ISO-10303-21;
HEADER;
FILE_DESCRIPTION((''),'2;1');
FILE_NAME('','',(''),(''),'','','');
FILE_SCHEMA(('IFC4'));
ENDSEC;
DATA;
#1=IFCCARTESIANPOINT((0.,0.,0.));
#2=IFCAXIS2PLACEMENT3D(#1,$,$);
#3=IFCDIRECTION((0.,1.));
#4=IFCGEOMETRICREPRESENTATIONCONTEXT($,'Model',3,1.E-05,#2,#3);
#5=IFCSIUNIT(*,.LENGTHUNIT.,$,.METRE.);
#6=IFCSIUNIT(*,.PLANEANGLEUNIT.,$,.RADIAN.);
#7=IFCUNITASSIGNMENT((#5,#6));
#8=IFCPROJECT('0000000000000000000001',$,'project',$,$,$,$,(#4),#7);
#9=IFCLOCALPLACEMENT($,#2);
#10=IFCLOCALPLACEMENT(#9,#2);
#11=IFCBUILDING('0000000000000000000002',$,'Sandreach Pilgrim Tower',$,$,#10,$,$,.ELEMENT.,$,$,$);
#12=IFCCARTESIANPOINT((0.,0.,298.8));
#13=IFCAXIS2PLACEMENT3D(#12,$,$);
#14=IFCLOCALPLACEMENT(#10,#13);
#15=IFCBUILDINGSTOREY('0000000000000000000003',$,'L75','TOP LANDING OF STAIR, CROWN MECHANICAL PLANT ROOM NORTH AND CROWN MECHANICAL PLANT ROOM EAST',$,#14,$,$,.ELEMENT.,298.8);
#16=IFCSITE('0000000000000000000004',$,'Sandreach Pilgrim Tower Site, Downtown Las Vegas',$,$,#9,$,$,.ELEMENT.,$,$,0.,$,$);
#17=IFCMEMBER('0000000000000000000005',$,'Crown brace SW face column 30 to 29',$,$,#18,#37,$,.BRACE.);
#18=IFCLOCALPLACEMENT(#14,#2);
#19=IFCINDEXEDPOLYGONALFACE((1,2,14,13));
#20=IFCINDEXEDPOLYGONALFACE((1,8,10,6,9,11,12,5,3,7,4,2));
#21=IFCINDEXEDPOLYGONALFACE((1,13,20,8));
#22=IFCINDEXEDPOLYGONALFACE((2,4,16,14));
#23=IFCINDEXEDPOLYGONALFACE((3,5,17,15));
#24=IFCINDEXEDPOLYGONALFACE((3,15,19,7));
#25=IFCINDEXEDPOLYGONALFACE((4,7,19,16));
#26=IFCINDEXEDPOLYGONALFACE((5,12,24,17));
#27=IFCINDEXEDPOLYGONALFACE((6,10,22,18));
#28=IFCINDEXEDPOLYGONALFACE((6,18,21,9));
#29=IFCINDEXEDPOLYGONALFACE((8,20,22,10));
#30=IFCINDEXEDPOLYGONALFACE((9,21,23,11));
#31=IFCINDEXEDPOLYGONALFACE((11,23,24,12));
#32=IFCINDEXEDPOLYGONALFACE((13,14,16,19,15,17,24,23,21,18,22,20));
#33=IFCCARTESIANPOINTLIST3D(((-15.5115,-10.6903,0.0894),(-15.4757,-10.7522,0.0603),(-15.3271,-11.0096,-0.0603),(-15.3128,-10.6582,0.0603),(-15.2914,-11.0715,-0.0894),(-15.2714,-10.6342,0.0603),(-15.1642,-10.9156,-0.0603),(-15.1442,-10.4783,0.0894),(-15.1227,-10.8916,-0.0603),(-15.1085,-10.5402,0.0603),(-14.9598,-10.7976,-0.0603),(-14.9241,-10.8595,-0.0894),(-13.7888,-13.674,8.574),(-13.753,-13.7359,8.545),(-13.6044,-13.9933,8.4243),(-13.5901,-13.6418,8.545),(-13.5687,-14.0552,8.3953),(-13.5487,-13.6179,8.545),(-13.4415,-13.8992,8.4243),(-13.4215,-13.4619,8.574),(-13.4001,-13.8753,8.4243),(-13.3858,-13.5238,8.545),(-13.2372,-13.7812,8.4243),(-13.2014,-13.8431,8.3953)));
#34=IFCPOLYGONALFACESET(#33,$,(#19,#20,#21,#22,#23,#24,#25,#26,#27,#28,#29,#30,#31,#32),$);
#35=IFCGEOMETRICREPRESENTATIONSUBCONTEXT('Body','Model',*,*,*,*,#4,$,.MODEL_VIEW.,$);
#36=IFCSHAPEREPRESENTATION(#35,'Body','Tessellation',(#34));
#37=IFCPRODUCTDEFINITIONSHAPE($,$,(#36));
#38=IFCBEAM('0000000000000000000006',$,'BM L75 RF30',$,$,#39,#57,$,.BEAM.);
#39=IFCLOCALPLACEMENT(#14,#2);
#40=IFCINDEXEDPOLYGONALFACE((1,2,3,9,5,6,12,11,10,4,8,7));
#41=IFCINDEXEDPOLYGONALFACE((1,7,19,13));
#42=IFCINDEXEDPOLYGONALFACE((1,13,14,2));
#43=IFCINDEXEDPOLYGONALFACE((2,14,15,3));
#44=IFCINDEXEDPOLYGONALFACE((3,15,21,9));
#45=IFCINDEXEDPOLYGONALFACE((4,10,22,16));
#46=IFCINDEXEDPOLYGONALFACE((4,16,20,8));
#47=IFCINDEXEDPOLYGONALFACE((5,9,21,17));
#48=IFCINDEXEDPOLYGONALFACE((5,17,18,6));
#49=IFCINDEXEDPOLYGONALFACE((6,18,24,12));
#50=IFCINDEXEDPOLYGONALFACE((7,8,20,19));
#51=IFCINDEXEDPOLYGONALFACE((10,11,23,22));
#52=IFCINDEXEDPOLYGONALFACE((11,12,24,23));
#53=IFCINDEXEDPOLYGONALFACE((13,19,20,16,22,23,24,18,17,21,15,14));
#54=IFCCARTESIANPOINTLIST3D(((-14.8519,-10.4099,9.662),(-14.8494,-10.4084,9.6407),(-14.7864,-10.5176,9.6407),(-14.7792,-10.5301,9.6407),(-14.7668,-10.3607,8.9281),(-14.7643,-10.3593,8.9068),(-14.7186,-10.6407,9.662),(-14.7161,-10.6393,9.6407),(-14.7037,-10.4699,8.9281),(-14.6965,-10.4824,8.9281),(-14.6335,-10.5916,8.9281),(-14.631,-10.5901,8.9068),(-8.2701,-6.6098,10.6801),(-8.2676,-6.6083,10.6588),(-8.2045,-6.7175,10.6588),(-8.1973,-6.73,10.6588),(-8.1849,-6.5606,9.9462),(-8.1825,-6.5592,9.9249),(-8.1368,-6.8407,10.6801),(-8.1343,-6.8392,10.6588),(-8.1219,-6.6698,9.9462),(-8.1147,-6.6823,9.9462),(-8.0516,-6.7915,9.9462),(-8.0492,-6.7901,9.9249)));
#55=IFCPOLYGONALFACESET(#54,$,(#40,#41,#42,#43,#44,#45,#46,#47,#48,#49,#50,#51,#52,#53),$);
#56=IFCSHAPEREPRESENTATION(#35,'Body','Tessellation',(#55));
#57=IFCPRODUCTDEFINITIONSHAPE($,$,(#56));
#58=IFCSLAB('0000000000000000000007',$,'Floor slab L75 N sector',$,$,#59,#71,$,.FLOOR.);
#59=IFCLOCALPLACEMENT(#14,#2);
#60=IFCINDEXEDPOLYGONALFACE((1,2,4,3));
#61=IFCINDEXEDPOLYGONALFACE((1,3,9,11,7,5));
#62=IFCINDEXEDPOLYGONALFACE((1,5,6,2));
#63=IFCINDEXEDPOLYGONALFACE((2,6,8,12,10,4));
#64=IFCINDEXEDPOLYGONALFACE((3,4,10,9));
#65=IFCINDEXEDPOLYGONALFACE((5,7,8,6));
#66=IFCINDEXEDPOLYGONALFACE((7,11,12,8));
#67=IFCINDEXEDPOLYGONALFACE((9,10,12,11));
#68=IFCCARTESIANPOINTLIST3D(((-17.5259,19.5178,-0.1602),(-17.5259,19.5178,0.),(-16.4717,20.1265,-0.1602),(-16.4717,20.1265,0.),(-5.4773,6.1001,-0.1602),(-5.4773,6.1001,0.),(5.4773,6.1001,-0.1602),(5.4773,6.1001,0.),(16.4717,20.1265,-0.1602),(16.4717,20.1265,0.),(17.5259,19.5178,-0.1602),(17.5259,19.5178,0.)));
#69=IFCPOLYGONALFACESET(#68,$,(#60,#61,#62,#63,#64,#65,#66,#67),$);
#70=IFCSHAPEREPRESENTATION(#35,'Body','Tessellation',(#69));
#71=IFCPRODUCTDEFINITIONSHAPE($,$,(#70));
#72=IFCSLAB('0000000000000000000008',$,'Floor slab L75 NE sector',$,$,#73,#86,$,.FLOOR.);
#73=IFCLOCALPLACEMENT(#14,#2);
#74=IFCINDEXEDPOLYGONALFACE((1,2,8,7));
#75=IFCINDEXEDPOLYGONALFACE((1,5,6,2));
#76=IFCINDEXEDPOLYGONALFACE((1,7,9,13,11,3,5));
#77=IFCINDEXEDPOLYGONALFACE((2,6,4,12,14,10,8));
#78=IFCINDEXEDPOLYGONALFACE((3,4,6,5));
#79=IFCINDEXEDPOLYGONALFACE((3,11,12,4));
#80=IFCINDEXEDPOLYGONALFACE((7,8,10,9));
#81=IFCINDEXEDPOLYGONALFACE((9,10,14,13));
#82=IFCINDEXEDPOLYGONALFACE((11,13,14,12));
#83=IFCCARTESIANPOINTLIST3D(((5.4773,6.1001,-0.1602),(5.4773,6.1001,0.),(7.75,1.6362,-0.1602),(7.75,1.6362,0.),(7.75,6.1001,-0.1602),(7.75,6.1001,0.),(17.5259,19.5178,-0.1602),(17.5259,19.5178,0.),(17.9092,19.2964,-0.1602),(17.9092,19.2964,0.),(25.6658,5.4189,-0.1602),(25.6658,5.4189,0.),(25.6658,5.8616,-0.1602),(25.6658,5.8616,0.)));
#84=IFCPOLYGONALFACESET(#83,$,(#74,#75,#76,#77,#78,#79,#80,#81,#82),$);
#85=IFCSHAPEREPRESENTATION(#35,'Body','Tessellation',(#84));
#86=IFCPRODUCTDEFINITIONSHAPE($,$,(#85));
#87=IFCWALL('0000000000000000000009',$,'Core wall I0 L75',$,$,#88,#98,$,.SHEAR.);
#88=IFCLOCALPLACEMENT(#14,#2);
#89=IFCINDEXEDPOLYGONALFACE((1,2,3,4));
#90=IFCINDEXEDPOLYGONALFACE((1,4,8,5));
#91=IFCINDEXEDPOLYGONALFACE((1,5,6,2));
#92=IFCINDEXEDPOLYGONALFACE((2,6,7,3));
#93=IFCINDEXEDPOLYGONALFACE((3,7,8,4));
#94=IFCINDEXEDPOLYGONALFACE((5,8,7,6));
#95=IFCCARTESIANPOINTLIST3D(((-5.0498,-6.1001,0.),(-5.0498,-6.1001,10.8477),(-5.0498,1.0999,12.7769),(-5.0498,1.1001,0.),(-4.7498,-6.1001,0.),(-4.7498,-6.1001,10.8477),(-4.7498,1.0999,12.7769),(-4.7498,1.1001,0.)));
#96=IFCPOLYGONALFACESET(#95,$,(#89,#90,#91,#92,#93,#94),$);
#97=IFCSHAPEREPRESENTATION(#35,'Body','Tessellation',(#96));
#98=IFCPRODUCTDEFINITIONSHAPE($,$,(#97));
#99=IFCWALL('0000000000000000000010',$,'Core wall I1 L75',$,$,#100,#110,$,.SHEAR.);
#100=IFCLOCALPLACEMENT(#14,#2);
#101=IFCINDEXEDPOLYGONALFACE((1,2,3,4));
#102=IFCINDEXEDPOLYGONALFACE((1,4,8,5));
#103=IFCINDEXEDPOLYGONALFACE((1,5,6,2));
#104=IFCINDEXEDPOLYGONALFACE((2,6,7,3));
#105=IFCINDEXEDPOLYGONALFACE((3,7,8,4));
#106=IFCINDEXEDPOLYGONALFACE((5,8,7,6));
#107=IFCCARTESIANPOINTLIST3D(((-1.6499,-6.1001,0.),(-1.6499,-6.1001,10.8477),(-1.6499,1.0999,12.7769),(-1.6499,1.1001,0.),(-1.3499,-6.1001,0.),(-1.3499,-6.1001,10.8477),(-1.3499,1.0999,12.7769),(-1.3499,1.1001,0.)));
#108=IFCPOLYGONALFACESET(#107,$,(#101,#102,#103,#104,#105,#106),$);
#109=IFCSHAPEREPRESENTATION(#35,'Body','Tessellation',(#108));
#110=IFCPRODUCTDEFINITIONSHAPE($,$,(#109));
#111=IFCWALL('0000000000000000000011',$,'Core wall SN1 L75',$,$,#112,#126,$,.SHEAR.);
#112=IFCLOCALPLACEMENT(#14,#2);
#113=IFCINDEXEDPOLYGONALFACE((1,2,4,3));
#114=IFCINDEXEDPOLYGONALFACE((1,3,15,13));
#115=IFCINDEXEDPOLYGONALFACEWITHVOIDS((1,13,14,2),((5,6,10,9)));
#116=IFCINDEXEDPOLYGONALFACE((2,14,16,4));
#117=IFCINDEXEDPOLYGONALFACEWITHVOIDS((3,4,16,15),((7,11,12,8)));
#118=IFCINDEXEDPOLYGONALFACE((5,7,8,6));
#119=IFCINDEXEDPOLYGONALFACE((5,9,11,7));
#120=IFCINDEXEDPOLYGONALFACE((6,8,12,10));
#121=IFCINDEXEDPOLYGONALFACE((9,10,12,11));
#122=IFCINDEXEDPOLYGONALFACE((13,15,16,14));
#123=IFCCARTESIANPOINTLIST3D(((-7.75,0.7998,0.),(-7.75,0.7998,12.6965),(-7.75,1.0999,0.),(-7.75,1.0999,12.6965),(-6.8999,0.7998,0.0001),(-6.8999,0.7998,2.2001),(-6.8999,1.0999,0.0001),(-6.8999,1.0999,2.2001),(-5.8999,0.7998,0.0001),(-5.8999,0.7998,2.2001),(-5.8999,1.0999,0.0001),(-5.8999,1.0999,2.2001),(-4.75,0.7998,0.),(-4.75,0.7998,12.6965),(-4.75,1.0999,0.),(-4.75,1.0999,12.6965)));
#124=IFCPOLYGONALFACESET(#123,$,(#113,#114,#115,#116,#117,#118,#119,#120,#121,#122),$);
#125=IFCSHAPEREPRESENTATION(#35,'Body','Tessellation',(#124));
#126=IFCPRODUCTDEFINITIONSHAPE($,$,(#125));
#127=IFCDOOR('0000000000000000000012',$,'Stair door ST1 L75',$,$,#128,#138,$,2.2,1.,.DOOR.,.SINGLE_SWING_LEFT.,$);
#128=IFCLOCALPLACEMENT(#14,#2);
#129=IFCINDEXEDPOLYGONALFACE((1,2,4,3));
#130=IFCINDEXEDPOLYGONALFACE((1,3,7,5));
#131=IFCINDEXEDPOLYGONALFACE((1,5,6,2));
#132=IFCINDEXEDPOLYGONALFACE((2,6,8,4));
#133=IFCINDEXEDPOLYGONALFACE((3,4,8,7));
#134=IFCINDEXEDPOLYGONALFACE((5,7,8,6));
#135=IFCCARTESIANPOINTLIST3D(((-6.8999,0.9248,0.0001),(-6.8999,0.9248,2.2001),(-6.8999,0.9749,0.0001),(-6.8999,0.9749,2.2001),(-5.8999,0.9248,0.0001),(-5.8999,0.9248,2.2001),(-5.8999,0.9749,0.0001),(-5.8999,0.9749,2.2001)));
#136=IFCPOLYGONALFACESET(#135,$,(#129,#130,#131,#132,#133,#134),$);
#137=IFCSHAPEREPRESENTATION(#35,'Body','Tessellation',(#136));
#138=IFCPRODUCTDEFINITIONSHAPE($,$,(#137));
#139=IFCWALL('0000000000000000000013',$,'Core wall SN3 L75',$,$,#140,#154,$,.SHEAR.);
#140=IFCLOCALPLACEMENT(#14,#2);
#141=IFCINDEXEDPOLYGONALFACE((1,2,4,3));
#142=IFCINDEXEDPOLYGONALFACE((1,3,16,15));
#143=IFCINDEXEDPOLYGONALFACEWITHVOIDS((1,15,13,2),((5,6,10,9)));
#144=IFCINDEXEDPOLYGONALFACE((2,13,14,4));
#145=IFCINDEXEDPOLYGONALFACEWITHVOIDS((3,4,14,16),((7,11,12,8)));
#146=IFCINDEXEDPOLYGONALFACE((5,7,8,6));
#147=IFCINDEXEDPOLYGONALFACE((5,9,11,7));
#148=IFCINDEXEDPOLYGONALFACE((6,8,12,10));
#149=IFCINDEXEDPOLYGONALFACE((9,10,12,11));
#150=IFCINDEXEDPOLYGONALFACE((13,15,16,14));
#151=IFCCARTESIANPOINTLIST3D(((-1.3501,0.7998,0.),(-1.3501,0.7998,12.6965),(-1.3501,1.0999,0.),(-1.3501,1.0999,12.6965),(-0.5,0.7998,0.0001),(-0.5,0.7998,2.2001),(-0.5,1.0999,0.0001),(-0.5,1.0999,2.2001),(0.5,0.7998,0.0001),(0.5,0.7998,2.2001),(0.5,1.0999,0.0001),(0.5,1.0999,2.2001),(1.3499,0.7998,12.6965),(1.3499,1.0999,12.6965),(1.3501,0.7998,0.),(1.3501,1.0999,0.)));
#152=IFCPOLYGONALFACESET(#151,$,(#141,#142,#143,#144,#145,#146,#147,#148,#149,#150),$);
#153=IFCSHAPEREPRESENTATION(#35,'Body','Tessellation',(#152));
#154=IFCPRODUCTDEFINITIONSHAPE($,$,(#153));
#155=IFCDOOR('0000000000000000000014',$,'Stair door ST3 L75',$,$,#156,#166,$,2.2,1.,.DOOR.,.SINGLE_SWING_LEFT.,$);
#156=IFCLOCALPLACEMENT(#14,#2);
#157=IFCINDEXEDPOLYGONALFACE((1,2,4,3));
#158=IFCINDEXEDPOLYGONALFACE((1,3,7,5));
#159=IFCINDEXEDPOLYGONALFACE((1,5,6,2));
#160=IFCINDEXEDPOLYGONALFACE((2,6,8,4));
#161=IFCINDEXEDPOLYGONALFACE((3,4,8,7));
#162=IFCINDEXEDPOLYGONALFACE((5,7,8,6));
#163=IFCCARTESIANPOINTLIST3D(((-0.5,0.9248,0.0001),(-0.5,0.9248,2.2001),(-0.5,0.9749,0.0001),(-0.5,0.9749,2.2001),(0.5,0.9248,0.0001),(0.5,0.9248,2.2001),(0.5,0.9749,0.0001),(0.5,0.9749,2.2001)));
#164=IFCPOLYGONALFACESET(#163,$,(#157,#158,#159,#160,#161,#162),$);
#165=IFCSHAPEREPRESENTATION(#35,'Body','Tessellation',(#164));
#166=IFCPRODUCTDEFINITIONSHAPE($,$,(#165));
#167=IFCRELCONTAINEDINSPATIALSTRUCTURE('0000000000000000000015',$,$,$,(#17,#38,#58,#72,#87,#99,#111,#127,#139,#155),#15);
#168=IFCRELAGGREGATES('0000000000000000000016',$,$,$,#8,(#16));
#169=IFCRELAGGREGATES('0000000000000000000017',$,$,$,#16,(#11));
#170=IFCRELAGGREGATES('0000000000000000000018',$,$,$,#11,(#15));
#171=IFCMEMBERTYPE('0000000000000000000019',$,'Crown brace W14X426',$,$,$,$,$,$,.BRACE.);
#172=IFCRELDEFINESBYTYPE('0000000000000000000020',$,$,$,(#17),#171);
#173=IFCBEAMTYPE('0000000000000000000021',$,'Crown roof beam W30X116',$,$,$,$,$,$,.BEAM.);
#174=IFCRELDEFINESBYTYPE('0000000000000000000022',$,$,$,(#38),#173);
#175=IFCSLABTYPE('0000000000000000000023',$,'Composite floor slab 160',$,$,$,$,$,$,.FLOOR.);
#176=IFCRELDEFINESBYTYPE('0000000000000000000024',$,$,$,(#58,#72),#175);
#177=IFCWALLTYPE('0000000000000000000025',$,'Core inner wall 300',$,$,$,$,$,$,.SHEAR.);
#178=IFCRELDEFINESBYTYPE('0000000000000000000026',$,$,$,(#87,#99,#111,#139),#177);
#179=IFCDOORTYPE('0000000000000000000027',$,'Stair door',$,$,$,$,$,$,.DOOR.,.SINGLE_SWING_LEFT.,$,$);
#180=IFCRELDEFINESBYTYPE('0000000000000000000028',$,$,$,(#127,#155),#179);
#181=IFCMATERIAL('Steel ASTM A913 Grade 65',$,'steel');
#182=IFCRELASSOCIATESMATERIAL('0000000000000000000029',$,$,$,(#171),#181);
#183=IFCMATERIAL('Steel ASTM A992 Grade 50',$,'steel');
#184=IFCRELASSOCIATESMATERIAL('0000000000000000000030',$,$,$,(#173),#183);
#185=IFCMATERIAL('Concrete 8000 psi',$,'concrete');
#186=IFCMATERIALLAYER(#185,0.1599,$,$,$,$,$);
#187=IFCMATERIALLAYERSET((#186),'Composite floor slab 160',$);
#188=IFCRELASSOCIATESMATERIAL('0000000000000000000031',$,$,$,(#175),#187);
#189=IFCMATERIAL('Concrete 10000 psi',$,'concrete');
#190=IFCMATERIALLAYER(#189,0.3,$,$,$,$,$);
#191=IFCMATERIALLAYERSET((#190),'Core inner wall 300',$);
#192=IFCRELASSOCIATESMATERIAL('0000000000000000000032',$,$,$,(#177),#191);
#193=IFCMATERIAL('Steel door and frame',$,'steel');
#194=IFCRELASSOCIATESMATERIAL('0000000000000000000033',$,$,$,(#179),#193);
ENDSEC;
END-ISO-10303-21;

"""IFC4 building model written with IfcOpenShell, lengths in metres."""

from ifc_helpers import new_model, si_unit, direction, frame, frame_2d, origin, origin_2d, place, context, subcontext, project, spatial, polyline, rectangle, i_section, outline, extrude, material, layer, layer_set, material_profile, profile_set, type_object, element, fill, save


model = new_model("IFC4")

# Units and contexts
model_context = context("Model", 3, precision=1e-05, world=origin(), true_north=direction((0.0, 1.0)))
body_context = subcontext(model_context, "Body", "Model", "MODEL_VIEW")
ifc_project = project(units=[si_unit("LENGTHUNIT", "METRE"), si_unit("PLANEANGLEUNIT", "RADIAN")], contexts=[model_context])

# Site, building, storey
site_placement = place(None, origin())
site = spatial("IfcSite", under=ifc_project, at=site_placement, Name="Sandreach Pilgrim Tower Site, Downtown Las Vegas", CompositionType="ELEMENT", RefElevation=0.0)
building_placement = place(site_placement, origin())
building = spatial("IfcBuilding", under=site, at=building_placement, Name="Sandreach Pilgrim Tower", CompositionType="ELEMENT")
storey_placement = place(building_placement, frame((0.0, 0.0, 298.8)))
storey = spatial("IfcBuildingStorey", under=building, at=storey_placement, Name="L75", Description="TOP LANDING OF STAIR, CROWN MECHANICAL PLANT ROOM NORTH AND CROWN MECHANICAL PLANT ROOM EAST", CompositionType="ELEMENT", Elevation=298.8)

# Member
ifc_material_1 = material(Name="Steel ASTM A913 Grade 65", Category="steel")
ifc_material_profile_1 = material_profile(ifc_material_1, i_section(OverallWidth=0.4241, OverallDepth=0.4751, WebThickness=0.0479, FlangeThickness=0.0771, at=origin_2d()), Name="W14X426")
ifc_profile_set_1 = profile_set([ifc_material_profile_1], Name="Steel ASTM A913 Grade 65")
member_type = type_object("IfcMemberType", Name="Crown brace W14X426", PredefinedType="BRACE", material=ifc_profile_set_1)
member_placement = place(storey_placement, frame((-15.2178, -10.7749, 0.0), z_axis=(0.188116, -0.325817, 0.926529), x_axis=(0.866019, 0.500011, 0.0)))
element("IfcMember", 1, at=member_placement, inside=storey, type_object=member_type, Name="Crown brace SW face column 30 to 29", PredefinedType="BRACE", context=body_context, shape_type="SweptSolid", body=[
    extrude(i_section(OverallWidth=0.4241, OverallDepth=0.4751, WebThickness=0.0479, FlangeThickness=0.0771, at=origin_2d()), origin(), (0.0, 0.0, 1.0), 9.1575),
])

# Beam
ifc_material_2 = material(Name="Steel ASTM A992 Grade 50", Category="steel")
ifc_material_profile_2 = material_profile(ifc_material_2, i_section(OverallWidth=0.2666, OverallDepth=0.762, WebThickness=0.0144, FlangeThickness=0.0215, at=origin_2d()), Name="W30X116")
ifc_profile_set_2 = profile_set([ifc_material_profile_2], Name="Steel ASTM A992 Grade 50")
beam_type = type_object("IfcBeamType", Name="Crown roof beam W30X116", PredefinedType="BEAM", material=ifc_profile_set_2)
beam_placement = place(storey_placement, frame((-14.7415, -10.5, 9.2844), z_axis=(0.858355, 0.495579, 0.13277), x_axis=(-0.500005, 0.866022, 0.0)))
element("IfcBeam", 2, at=beam_placement, inside=storey, type_object=beam_type, Name="BM L75 RF30", PredefinedType="BEAM", context=body_context, shape_type="SweptSolid", body=[
    extrude(i_section(OverallWidth=0.2666, OverallDepth=0.762, WebThickness=0.0144, FlangeThickness=0.0215, at=origin_2d()), origin(), (0.0, 0.0, 1.0), 7.668),
])

# Slabs
ifc_material_3 = material(Name="Concrete 8000 psi", Category="concrete")
ifc_layer_1 = layer(ifc_material_3, 0.1599)
ifc_layer_set_1 = layer_set([ifc_layer_1], Name="Composite floor slab 160")
slab_type = type_object("IfcSlabType", Name="Composite floor slab 160", PredefinedType="FLOOR", material=ifc_layer_set_1)
slab_1_placement = place(storey_placement, frame((0.0, 0.0, -0.1602)))
element("IfcSlab", 3, at=slab_1_placement, inside=storey, type_object=slab_type, Name="Floor slab L75 N sector", PredefinedType="FLOOR", context=body_context, shape_type="SweptSolid", body=[
    extrude(outline(polyline([(-16.4717, 20.1265), (16.4717, 20.1265), (17.5259, 19.5178), (5.4773, 6.1001), (-5.4773, 6.1001), (-17.5259, 19.5178), (-16.4717, 20.1265)])), origin(), (0.0, 0.0, 1.0), 0.1602),
])
slab_2_placement = place(storey_placement, frame((0.0, 0.0, -0.1602)))
element("IfcSlab", 4, at=slab_2_placement, inside=storey, type_object=slab_type, Name="Floor slab L75 NE sector", PredefinedType="FLOOR", context=body_context, shape_type="SweptSolid", body=[
    extrude(outline(polyline([(17.9092, 19.2964), (25.6658, 5.8616), (25.6658, 5.4189), (7.75, 1.6362), (7.75, 6.1001), (5.4773, 6.1001), (17.5259, 19.5178), (17.9092, 19.2964)])), origin(), (0.0, 0.0, 1.0), 0.1602),
])

# Walls
ifc_material_4 = material(Name="Concrete 10000 psi", Category="concrete")
ifc_layer_2 = layer(ifc_material_4, 0.3)
ifc_layer_set_2 = layer_set([ifc_layer_2], Name="Core inner wall 300")
wall_type_1 = type_object("IfcWallType", Name="Core inner wall 300", PredefinedType="SHEAR", material=ifc_layer_set_2)
for number, where, z_axis, x_axis, name in (
    (5, (-4.8999, -6.1001, 0.0), (0.0, 0.0, 1.0), (0.0, 1.0, 0.0), "Core wall I0 L75"),
    (6, (-1.5, -6.1001, 0.0), (0.0, 0.0, 1.0), (0.0, 1.0, 0.0), "Core wall I1 L75"),
):
    element("IfcWall", number, at=place(storey_placement, frame(where, z_axis=z_axis, x_axis=x_axis)), inside=storey, type_object=wall_type_1, Name=name, PredefinedType="SHEAR", context=body_context, shape_type="SweptSolid", body=[
        extrude(outline(polyline([(0.0, 0.0), (7.2002, 0.0), (7.2, 12.7769), (0.0, 10.8477), (0.0, 0.0)])), frame((0.0, 0.1499, 0.0), z_axis=(0.0, -1.0, 0.0), x_axis=(1.0, 0.0, 0.0)), (0.0, 0.0, 1.0), 0.3),
    ])

# Walls, openings, doors
wall_1_placement = place(storey_placement, frame((-7.75, 0.95, 0.0), z_axis=(0.0, 0.0, 1.0), x_axis=(1.0, 0.0, 0.0)))
wall_1 = element("IfcWall", 7, at=wall_1_placement, inside=storey, type_object=wall_type_1, Name="Core wall SN1 L75", PredefinedType="SHEAR", context=body_context, shape_type="SweptSolid", body=[
    extrude(outline(polyline([(0.0, 0.0), (3.0, 0.0), (3.0, 12.6965), (0.0, 12.6965), (0.0, 0.0)])), frame((0.0, 0.1499, 0.0), z_axis=(0.0, -1.0, 0.0), x_axis=(1.0, 0.0, 0.0)), (0.0, 0.0, 1.0), 0.3),
])
opening_1_placement = place(wall_1_placement, frame((0.8501, 0.0, 0.0)))
opening_1 = element("IfcOpeningElement", 8, at=opening_1_placement, cuts=wall_1, PredefinedType="OPENING", context=body_context, shape_type="SweptSolid", body=[
    extrude(rectangle(XDim=1.0, YDim=2.2, at=frame_2d((0.5, 1.1001))), frame((0.0, 0.1499, 0.0), z_axis=(0.0, -1.0, 0.0), x_axis=(1.0, 0.0, 0.0)), (0.0, 0.0, 1.0), 0.3),
])
ifc_material_5 = material(Name="Steel door and frame", Category="steel")
door_type_1 = type_object("IfcDoorType", Name="Stair door", OperationType="SINGLE_SWING_LEFT", PredefinedType="DOOR", material=ifc_material_5)
door_1_placement = place(opening_1_placement, origin())
door_1 = element("IfcDoor", 9, at=door_1_placement, inside=storey, type_object=door_type_1, Name="Stair door ST1 L75", OperationType="SINGLE_SWING_LEFT", OverallHeight=2.2, OverallWidth=1.0, PredefinedType="DOOR", context=body_context, shape_type="SweptSolid", body=[
    extrude(rectangle(XDim=1.0, YDim=2.2, at=frame_2d((0.5, 1.1001))), frame((0.0, 0.0249, 0.0), z_axis=(0.0, -1.0, 0.0), x_axis=(1.0, 0.0, 0.0)), (0.0, 0.0, 1.0), 0.05),
])
fill(opening_1, door_1)
wall_2_placement = place(storey_placement, frame((-1.3501, 0.95, 0.0), z_axis=(0.0, 0.0, 1.0), x_axis=(1.0, 0.0, 0.0)))
wall_2 = element("IfcWall", 10, at=wall_2_placement, inside=storey, type_object=wall_type_1, Name="Core wall SN3 L75", PredefinedType="SHEAR", context=body_context, shape_type="SweptSolid", body=[
    extrude(outline(polyline([(0.0, 0.0), (2.7002, 0.0), (2.7, 12.6965), (0.0, 12.6965), (0.0, 0.0)])), frame((0.0, 0.1499, 0.0), z_axis=(0.0, -1.0, 0.0), x_axis=(1.0, 0.0, 0.0)), (0.0, 0.0, 1.0), 0.3),
])
opening_2_placement = place(wall_2_placement, frame((0.8501, 0.0, 0.0)))
opening_2 = element("IfcOpeningElement", 11, at=opening_2_placement, cuts=wall_2, PredefinedType="OPENING", context=body_context, shape_type="SweptSolid", body=[
    extrude(rectangle(XDim=1.0, YDim=2.2, at=frame_2d((0.5, 1.1001))), frame((0.0, 0.1499, 0.0), z_axis=(0.0, -1.0, 0.0), x_axis=(1.0, 0.0, 0.0)), (0.0, 0.0, 1.0), 0.3),
])
door_2_placement = place(opening_2_placement, origin())
door_2 = element("IfcDoor", 12, at=door_2_placement, inside=storey, type_object=door_type_1, Name="Stair door ST3 L75", OperationType="SINGLE_SWING_LEFT", OverallHeight=2.2, OverallWidth=1.0, PredefinedType="DOOR", context=body_context, shape_type="SweptSolid", body=[
    extrude(rectangle(XDim=1.0, YDim=2.2, at=frame_2d((0.5, 1.1001))), frame((0.0, 0.0249, 0.0), z_axis=(0.0, -1.0, 0.0), x_axis=(1.0, 0.0, 0.0)), (0.0, 0.0, 1.0), 0.05),
])
fill(opening_2, door_2)

save(model, "model.ifc")
